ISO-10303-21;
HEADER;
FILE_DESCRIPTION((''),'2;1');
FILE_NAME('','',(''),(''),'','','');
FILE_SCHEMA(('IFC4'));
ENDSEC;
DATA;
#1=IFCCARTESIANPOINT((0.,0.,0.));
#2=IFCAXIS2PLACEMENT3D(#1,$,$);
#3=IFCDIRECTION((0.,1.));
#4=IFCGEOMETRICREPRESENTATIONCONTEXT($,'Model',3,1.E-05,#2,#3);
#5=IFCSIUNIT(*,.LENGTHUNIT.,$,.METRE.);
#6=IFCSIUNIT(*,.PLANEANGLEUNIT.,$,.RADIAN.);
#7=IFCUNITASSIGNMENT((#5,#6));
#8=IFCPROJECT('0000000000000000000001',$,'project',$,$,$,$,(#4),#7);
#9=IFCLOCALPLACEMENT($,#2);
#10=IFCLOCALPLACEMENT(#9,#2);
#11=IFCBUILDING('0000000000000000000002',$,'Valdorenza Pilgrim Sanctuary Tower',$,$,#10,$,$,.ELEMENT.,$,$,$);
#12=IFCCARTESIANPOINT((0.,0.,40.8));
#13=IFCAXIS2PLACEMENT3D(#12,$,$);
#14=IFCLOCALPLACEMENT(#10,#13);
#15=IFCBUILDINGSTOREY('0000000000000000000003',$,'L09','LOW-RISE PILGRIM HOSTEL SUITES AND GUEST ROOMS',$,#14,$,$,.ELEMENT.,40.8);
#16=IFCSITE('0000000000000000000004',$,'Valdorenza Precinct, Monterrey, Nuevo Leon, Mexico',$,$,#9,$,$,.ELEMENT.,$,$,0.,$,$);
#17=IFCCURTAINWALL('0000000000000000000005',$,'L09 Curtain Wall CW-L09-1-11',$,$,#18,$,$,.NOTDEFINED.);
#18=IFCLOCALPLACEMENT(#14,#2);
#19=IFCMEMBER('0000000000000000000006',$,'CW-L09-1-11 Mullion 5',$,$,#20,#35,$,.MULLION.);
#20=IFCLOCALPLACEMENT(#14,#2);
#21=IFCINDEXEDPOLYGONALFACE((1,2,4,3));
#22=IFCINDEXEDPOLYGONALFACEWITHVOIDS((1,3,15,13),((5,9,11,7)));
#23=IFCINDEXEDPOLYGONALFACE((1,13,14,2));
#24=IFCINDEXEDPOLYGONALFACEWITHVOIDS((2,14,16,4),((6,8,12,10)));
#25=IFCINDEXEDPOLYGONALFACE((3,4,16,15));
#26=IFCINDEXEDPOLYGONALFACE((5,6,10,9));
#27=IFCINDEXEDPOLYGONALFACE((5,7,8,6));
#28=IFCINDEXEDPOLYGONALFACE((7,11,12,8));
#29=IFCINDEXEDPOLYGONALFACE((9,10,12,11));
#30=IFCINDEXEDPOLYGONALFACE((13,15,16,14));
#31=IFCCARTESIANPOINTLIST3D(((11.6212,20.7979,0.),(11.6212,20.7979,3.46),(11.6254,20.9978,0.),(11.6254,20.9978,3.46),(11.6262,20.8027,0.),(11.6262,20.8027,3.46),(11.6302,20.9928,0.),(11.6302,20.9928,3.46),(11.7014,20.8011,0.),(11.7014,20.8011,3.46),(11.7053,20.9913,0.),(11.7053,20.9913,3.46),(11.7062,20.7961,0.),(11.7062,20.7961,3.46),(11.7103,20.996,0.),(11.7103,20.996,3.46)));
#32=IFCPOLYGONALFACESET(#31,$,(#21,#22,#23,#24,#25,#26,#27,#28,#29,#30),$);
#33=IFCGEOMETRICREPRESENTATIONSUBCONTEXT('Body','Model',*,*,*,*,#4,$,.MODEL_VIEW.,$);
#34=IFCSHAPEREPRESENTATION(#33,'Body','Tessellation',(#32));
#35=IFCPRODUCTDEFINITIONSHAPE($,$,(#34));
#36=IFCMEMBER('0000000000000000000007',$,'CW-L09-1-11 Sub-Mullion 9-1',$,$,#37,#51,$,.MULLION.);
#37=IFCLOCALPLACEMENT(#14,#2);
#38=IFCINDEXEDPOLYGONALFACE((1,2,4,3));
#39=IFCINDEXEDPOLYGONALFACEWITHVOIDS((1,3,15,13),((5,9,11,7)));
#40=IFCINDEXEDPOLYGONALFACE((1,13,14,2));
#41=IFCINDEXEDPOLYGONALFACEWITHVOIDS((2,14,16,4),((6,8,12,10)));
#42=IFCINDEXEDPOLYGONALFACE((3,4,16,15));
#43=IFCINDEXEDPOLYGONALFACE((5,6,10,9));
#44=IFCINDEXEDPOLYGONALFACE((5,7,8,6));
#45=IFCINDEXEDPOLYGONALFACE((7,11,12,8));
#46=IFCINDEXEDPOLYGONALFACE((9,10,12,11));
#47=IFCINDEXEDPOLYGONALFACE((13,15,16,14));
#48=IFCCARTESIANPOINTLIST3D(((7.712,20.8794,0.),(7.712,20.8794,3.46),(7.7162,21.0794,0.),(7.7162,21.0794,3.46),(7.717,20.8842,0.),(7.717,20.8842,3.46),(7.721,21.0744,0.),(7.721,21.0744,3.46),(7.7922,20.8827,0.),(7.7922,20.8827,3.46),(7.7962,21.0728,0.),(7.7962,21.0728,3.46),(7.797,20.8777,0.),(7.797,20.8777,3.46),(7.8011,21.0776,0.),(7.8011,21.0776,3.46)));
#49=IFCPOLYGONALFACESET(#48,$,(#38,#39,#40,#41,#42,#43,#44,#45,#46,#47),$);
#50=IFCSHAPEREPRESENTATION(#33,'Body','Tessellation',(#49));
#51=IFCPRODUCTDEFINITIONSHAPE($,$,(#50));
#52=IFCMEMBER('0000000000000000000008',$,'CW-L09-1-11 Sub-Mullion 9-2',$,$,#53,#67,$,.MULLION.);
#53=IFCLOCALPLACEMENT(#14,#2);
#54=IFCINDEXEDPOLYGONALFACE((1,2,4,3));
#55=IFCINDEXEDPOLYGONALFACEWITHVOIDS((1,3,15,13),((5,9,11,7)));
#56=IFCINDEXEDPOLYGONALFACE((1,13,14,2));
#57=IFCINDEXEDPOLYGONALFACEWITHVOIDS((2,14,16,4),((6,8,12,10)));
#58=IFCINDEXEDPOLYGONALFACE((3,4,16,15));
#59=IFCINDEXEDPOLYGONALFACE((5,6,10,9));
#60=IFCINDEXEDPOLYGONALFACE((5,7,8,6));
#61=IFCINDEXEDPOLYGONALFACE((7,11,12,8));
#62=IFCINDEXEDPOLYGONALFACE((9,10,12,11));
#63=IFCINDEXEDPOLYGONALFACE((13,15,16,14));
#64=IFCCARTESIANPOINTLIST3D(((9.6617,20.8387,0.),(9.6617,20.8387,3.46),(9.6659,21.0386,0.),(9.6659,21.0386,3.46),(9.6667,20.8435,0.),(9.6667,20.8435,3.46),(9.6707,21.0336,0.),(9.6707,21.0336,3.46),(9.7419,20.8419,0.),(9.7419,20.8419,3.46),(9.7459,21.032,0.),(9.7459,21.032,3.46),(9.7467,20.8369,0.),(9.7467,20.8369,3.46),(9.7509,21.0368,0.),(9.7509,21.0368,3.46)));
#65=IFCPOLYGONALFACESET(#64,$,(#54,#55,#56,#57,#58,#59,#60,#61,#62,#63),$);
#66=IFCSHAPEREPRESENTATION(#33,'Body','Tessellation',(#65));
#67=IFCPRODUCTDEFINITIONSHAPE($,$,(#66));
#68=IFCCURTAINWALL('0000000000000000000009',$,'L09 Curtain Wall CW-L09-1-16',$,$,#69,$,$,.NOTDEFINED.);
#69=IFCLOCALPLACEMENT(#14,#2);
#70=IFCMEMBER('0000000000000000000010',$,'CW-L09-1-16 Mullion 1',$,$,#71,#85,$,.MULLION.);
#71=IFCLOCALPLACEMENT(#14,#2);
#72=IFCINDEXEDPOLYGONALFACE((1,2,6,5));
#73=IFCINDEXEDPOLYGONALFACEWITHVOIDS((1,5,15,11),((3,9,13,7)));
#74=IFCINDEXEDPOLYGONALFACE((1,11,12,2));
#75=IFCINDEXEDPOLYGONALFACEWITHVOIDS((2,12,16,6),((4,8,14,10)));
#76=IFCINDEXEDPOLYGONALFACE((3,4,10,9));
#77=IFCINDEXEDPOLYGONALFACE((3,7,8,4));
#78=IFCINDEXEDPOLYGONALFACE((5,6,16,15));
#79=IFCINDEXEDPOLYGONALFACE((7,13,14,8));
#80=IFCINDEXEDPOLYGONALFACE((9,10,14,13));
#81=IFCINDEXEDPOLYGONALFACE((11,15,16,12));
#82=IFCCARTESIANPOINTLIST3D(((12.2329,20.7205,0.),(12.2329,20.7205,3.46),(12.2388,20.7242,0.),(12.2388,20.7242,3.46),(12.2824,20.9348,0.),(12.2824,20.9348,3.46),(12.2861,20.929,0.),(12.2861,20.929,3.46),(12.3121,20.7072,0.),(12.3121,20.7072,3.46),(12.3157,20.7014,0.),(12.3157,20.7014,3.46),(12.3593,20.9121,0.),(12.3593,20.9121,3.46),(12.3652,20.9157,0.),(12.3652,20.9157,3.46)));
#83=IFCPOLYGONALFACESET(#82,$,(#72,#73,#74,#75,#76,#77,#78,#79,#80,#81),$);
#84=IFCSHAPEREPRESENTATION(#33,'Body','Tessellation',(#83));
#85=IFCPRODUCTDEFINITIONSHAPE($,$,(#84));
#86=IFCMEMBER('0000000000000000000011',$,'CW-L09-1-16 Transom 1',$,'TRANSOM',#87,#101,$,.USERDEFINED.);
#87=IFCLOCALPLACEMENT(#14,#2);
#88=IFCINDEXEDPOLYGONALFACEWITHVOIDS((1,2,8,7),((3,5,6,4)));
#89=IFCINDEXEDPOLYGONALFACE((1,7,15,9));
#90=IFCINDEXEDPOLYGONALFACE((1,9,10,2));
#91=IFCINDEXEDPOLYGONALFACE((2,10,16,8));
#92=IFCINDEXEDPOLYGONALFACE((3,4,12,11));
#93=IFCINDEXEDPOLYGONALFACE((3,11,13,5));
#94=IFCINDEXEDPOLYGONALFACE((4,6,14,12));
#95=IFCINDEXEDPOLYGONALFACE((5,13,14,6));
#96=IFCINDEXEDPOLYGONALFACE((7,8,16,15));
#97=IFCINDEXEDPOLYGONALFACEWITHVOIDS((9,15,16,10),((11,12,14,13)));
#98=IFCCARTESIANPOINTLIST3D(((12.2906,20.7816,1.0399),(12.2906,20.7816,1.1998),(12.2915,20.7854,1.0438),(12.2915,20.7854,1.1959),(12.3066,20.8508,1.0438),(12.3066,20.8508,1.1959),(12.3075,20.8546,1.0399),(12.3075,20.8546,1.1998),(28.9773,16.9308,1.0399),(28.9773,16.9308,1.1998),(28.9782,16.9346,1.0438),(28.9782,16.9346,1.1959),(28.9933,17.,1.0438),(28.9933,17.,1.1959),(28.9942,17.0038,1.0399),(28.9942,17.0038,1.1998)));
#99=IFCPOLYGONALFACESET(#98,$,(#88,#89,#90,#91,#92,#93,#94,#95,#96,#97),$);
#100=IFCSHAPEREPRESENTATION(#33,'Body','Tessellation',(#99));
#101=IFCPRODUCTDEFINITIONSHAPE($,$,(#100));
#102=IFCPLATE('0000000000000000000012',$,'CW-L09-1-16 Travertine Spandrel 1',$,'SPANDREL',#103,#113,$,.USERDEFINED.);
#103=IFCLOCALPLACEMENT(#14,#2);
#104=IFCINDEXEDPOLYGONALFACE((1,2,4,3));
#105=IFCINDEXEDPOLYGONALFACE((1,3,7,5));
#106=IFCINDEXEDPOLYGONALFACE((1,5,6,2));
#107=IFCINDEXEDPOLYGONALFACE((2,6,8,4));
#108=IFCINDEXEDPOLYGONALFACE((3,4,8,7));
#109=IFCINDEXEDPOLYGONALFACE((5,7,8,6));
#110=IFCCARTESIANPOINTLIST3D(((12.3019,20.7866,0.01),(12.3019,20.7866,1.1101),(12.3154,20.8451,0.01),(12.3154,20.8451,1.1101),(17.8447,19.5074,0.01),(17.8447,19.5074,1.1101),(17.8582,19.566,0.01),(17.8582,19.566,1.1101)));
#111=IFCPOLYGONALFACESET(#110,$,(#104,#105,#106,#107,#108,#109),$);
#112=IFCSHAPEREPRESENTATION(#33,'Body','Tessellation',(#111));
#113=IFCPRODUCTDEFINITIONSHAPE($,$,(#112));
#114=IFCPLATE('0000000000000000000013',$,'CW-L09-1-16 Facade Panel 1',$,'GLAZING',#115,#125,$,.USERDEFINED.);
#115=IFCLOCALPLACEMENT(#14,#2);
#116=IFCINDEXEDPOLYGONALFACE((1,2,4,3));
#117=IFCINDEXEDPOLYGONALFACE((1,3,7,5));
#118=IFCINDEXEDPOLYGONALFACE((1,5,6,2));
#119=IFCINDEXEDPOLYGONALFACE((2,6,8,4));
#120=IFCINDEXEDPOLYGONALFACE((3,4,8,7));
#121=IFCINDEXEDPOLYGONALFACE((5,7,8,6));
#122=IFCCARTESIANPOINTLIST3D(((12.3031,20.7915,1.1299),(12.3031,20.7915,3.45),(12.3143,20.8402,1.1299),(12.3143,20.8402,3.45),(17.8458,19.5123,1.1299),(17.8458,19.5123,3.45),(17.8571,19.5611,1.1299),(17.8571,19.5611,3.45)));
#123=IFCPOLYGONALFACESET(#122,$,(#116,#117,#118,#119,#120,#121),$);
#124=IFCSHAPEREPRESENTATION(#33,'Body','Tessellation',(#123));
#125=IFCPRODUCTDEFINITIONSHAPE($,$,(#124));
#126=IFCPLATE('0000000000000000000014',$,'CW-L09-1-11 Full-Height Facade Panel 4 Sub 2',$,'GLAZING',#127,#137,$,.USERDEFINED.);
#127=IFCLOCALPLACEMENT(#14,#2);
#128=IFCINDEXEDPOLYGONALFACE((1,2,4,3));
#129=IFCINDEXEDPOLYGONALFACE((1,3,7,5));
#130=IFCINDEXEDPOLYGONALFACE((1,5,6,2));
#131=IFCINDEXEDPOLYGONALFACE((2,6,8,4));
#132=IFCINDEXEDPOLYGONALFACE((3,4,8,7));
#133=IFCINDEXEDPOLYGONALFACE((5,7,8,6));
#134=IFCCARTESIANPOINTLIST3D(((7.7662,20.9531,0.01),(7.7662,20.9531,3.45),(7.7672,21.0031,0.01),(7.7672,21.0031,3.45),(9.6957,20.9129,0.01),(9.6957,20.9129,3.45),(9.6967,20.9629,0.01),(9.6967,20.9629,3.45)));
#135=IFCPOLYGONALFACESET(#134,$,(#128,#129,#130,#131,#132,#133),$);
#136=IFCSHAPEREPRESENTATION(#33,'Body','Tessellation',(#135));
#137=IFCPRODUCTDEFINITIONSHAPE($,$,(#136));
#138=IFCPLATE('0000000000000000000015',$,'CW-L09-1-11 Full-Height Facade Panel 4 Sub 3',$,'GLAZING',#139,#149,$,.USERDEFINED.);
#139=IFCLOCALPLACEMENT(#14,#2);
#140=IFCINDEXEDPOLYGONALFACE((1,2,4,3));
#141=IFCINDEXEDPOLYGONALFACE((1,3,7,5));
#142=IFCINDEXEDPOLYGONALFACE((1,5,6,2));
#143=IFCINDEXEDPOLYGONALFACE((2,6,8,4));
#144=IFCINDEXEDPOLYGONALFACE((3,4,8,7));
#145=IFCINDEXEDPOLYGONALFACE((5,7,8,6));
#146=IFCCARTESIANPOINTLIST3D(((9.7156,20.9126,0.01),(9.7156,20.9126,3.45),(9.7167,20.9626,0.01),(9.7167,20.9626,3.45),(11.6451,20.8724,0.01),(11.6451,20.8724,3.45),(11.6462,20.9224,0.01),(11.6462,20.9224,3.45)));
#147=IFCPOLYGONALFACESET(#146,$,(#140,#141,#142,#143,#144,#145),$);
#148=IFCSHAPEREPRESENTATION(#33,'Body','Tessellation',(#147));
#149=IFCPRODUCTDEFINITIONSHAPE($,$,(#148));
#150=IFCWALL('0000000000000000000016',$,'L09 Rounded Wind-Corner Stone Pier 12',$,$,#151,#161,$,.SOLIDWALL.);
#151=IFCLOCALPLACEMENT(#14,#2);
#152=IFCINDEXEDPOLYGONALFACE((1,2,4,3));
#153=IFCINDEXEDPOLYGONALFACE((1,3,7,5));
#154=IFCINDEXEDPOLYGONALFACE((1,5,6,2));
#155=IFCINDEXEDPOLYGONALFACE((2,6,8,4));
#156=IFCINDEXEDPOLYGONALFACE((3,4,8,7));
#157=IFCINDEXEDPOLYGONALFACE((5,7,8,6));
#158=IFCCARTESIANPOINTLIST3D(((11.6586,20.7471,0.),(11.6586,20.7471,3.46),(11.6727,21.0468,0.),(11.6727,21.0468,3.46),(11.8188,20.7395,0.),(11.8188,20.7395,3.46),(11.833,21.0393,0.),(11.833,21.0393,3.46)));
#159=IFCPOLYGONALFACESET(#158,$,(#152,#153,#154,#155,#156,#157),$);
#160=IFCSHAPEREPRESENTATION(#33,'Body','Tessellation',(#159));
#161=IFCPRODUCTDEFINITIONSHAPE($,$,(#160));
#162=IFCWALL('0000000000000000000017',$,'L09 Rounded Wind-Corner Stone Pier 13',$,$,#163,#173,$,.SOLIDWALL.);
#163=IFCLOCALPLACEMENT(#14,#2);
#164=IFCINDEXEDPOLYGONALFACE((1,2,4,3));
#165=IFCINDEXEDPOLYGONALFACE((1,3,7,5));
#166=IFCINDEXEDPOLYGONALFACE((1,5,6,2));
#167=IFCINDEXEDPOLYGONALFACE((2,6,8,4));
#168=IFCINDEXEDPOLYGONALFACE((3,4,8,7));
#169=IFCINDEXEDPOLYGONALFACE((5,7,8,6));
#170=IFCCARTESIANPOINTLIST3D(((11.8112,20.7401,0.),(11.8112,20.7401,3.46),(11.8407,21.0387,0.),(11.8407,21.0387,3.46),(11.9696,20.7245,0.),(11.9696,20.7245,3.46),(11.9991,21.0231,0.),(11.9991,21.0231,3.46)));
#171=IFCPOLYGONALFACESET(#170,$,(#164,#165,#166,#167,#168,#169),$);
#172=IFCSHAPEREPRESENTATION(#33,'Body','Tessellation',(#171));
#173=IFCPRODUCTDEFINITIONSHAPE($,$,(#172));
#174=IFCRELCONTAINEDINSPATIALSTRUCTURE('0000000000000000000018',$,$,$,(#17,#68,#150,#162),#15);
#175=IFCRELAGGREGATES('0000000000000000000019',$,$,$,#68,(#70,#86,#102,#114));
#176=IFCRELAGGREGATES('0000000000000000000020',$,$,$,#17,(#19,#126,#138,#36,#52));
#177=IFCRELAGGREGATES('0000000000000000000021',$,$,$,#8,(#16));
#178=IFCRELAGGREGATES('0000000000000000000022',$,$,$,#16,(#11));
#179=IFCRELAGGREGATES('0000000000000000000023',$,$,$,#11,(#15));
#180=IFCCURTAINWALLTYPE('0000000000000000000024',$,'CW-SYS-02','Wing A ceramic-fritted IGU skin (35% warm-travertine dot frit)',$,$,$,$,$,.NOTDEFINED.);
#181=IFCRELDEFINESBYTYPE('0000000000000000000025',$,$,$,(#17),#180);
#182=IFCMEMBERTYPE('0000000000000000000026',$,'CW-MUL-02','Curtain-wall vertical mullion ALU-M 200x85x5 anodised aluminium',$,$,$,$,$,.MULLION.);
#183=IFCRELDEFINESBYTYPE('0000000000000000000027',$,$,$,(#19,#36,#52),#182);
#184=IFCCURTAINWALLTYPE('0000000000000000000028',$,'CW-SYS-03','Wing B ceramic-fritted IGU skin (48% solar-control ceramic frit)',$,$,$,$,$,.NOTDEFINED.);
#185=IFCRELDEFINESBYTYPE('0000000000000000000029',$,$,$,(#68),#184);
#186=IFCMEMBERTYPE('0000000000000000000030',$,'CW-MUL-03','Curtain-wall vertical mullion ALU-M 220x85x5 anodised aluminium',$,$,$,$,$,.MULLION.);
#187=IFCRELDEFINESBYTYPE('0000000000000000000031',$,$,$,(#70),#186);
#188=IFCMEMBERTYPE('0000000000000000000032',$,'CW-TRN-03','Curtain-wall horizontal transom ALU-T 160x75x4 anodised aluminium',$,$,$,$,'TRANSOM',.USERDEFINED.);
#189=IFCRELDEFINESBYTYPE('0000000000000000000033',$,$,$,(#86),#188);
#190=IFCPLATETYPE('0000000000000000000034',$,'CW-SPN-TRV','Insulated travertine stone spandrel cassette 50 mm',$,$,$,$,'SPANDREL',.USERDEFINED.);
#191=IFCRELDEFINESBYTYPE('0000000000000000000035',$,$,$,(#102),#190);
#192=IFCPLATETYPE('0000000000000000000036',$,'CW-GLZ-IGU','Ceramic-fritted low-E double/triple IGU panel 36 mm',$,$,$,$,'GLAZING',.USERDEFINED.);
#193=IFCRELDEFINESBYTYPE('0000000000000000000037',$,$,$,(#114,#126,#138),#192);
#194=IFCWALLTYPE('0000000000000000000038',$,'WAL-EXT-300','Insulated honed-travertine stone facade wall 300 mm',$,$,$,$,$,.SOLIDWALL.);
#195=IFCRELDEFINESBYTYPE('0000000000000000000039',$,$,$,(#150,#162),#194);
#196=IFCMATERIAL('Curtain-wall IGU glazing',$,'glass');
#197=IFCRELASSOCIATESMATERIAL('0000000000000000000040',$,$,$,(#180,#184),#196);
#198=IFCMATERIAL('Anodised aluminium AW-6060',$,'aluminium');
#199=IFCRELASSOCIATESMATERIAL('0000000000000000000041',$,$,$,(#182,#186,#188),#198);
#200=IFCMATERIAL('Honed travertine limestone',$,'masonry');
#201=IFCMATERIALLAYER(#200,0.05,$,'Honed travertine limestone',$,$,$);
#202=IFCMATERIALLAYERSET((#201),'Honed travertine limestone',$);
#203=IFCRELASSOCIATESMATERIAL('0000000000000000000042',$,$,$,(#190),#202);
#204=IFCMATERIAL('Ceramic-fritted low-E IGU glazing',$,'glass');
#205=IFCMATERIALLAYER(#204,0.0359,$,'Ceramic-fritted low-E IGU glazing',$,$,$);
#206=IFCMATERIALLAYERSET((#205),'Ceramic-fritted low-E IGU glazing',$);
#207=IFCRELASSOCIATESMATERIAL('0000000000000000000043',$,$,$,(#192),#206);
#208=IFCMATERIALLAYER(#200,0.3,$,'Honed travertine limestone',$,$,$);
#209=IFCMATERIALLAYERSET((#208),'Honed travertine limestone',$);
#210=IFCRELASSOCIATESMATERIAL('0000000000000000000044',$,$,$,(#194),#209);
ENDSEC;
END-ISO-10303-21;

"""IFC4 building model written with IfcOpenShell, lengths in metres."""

from ifc_helpers import new_model, si_unit, direction, frame, frame_2d, origin, origin_2d, place, context, subcontext, project, spatial, rectangle, hollow_rectangle, extrude, source, transform, mapped, material, layer, layer_set, material_profile, profile_set, type_object, element, aggregate, save


model = new_model("IFC4")

# Units and contexts
model_context = context("Model", 3, precision=1e-05, world=origin(), true_north=direction((0.0, 1.0)))
body_context = subcontext(model_context, "Body", "Model", "MODEL_VIEW")
ifc_project = project(units=[si_unit("LENGTHUNIT", "METRE"), si_unit("PLANEANGLEUNIT", "RADIAN")], contexts=[model_context])

# Site, building, storey
site_placement = place(None, origin())
site = spatial("IfcSite", under=ifc_project, at=site_placement, Name="Valdorenza Precinct, Monterrey, Nuevo Leon, Mexico", CompositionType="ELEMENT", RefElevation=0.0)
building_placement = place(site_placement, origin())
building = spatial("IfcBuilding", under=site, at=building_placement, Name="Valdorenza Pilgrim Sanctuary Tower", CompositionType="ELEMENT")
storey_placement = place(building_placement, frame((0.0, 0.0, 40.8)))
storey = spatial("IfcBuildingStorey", under=building, at=storey_placement, Name="L09", Description="LOW-RISE PILGRIM HOSTEL SUITES AND GUEST ROOMS", CompositionType="ELEMENT", Elevation=40.8)

# Curtain wall, members
ifc_material_1 = material(Name="Curtain-wall IGU glazing", Category="glass")
curtain_wall_type_1 = type_object("IfcCurtainWallType", Name="CW-SYS-02", Description="Wing A ceramic-fritted IGU skin (35% warm-travertine dot frit)", PredefinedType="NOTDEFINED", material=ifc_material_1)
curtain_wall_1_placement = place(storey_placement, origin())
curtain_wall_1 = element("IfcCurtainWall", 1, at=curtain_wall_1_placement, inside=storey, type_object=curtain_wall_type_1, Name="L09 Curtain Wall CW-L09-1-11", PredefinedType="NOTDEFINED")
ifc_material_2 = material(Name="Anodised aluminium AW-6060", Category="aluminium")
ifc_material_profile_1 = material_profile(ifc_material_2, hollow_rectangle(XDim=0.085, YDim=0.2, WallThickness=0.0049, at=origin_2d()), Name="ALU-M 200x85x5")
ifc_profile_set_1 = profile_set([ifc_material_profile_1], Name="Anodised aluminium AW-6060")
member_type_1 = type_object("IfcMemberType", Name="CW-MUL-02", Description="Curtain-wall vertical mullion ALU-M 200x85x5 anodised aluminium", PredefinedType="MULLION", material=ifc_profile_set_1)
shared_shape_1 = source(origin(), body_context, "Body", "SweptSolid", [
    extrude(hollow_rectangle(XDim=0.085, YDim=0.2, WallThickness=0.0049, at=origin_2d()), origin(), (0.0, 0.0, 1.0), 3.46),
])
member_1_placement = place(storey_placement, frame((11.6658, 20.897, 0.0), z_axis=(0.0, 0.0, 1.0), x_axis=(0.999783, -0.02082, 0.0)))
member_1 = element("IfcMember", 2, at=member_1_placement, type_object=member_type_1, Name="CW-L09-1-11 Mullion 5", PredefinedType="MULLION", context=body_context, shape_type="MappedRepresentation", body=[
    mapped(shared_shape_1, transform((0.0, 0.0, 0.0), x_axis=(1.0, 0.0, 0.0), y_axis=(0.0, 1.0, 0.0), z_axis=(0.0, 0.0, 1.0), scale=1.0)),
])
member_2_placement = place(storey_placement, frame((7.7566, 20.9785, 0.0), z_axis=(0.0, 0.0, 1.0), x_axis=(0.999783, -0.02082, 0.0)))
member_2 = element("IfcMember", 3, at=member_2_placement, type_object=member_type_1, Name="CW-L09-1-11 Sub-Mullion 9-1", PredefinedType="MULLION", context=body_context, shape_type="MappedRepresentation", body=[
    mapped(shared_shape_1, transform((0.0, 0.0, 0.0), x_axis=(1.0, 0.0, 0.0), y_axis=(0.0, 1.0, 0.0), z_axis=(0.0, 0.0, 1.0), scale=1.0)),
])
member_3_placement = place(storey_placement, frame((9.7063, 20.9377, 0.0), z_axis=(0.0, 0.0, 1.0), x_axis=(0.999783, -0.02082, 0.0)))
member_3 = element("IfcMember", 4, at=member_3_placement, type_object=member_type_1, Name="CW-L09-1-11 Sub-Mullion 9-2", PredefinedType="MULLION", context=body_context, shape_type="MappedRepresentation", body=[
    mapped(shared_shape_1, transform((0.0, 0.0, 0.0), x_axis=(1.0, 0.0, 0.0), y_axis=(0.0, 1.0, 0.0), z_axis=(0.0, 0.0, 1.0), scale=1.0)),
])

# Curtain wall, members, plates
curtain_wall_type_2 = type_object("IfcCurtainWallType", Name="CW-SYS-03", Description="Wing B ceramic-fritted IGU skin (48% solar-control ceramic frit)", PredefinedType="NOTDEFINED", material=ifc_material_1)
curtain_wall_2_placement = place(storey_placement, origin())
curtain_wall_2 = element("IfcCurtainWall", 5, at=curtain_wall_2_placement, inside=storey, type_object=curtain_wall_type_2, Name="L09 Curtain Wall CW-L09-1-16", PredefinedType="NOTDEFINED")
ifc_material_profile_2 = material_profile(ifc_material_2, hollow_rectangle(XDim=0.085, YDim=0.22, WallThickness=0.0049, at=origin_2d()), Name="ALU-M 220x85x5")
ifc_profile_set_2 = profile_set([ifc_material_profile_2], Name="Anodised aluminium AW-6060")
member_type_2 = type_object("IfcMemberType", Name="CW-MUL-03", Description="Curtain-wall vertical mullion ALU-M 220x85x5 anodised aluminium", PredefinedType="MULLION", material=ifc_profile_set_2)
shared_shape_2 = source(origin(), body_context, "Body", "SweptSolid", [
    extrude(hollow_rectangle(XDim=0.085, YDim=0.22, WallThickness=0.0049, at=origin_2d()), origin(), (0.0, 0.0, 1.0), 3.46),
])
member_4_placement = place(storey_placement, frame((12.2991, 20.8181, 0.0), z_axis=(0.0, 0.0, 1.0), x_axis=(0.97439, -0.224866, 0.0)))
member_4 = element("IfcMember", 6, at=member_4_placement, type_object=member_type_2, Name="CW-L09-1-16 Mullion 1", PredefinedType="MULLION", context=body_context, shape_type="MappedRepresentation", body=[
    mapped(shared_shape_2, transform((0.0, 0.0, 0.0), x_axis=(1.0, 0.0, 0.0), y_axis=(0.0, 1.0, 0.0), z_axis=(0.0, 0.0, 1.0), scale=1.0)),
])
ifc_material_profile_3 = material_profile(ifc_material_2, hollow_rectangle(XDim=0.075, YDim=0.1599, WallThickness=0.0039, at=origin_2d()), Name="ALU-T 160x75x4")
ifc_profile_set_3 = profile_set([ifc_material_profile_3], Name="Anodised aluminium AW-6060")
member_type_3 = type_object("IfcMemberType", Name="CW-TRN-03", Description="Curtain-wall horizontal transom ALU-T 160x75x4 anodised aluminium", ElementType="TRANSOM", PredefinedType="USERDEFINED", material=ifc_profile_set_3)
shared_shape_3 = source(origin(), body_context, "Body", "SweptSolid", [
    extrude(hollow_rectangle(XDim=0.075, YDim=0.1599, WallThickness=0.0039, at=origin_2d()), origin(), (0.0, 0.0, 1.0), 17.1252),
])
member_5_placement = place(storey_placement, frame((12.2991, 20.8181, 1.1199), z_axis=(0.974391, -0.224862, 0.0), x_axis=(0.224862, 0.974391, 0.0)))
member_5 = element("IfcMember", 7, at=member_5_placement, type_object=member_type_3, Name="CW-L09-1-16 Transom 1", ObjectType="TRANSOM", PredefinedType="USERDEFINED", context=body_context, shape_type="MappedRepresentation", body=[
    mapped(shared_shape_3, transform((0.0, 0.0, 0.0), x_axis=(1.0, 0.0, 0.0), y_axis=(0.0, 1.0, 0.0), z_axis=(0.0, 0.0, 1.0), scale=1.0)),
])
ifc_material_3 = material(Name="Honed travertine limestone", Category="masonry")
ifc_layer_1 = layer(ifc_material_3, 0.05, Name="Honed travertine limestone")
ifc_layer_set_1 = layer_set([ifc_layer_1], Name="Honed travertine limestone")
plate_type_1 = type_object("IfcPlateType", Name="CW-SPN-TRV", Description="Insulated travertine stone spandrel cassette 50 mm", ElementType="SPANDREL", PredefinedType="USERDEFINED", material=ifc_layer_set_1)
shared_shape_4 = source(origin(), body_context, "Body", "SweptSolid", [
    extrude(rectangle(XDim=5.6885, YDim=0.0601, at=origin_2d()), origin(), (0.0, 0.0, 1.0), 1.1001),
])
plate_1_placement = place(storey_placement, frame((15.0801, 20.1763, 0.01), z_axis=(0.0, 0.0, 1.0), x_axis=(0.97439, -0.224866, 0.0)))
plate_1 = element("IfcPlate", 8, at=plate_1_placement, type_object=plate_type_1, Name="CW-L09-1-16 Travertine Spandrel 1", ObjectType="SPANDREL", PredefinedType="USERDEFINED", context=body_context, shape_type="MappedRepresentation", body=[
    mapped(shared_shape_4, transform((0.0, 0.0, 0.0), x_axis=(1.0, 0.0, 0.0), y_axis=(0.0, 1.0, 0.0), z_axis=(0.0, 0.0, 1.0), scale=1.0)),
])
ifc_material_4 = material(Name="Ceramic-fritted low-E IGU glazing", Category="glass")
ifc_layer_2 = layer(ifc_material_4, 0.0359, Name="Ceramic-fritted low-E IGU glazing")
ifc_layer_set_2 = layer_set([ifc_layer_2], Name="Ceramic-fritted low-E IGU glazing")
plate_type_2 = type_object("IfcPlateType", Name="CW-GLZ-IGU", Description="Ceramic-fritted low-E double/triple IGU panel 36 mm", ElementType="GLAZING", PredefinedType="USERDEFINED", material=ifc_layer_set_2)
shared_shape_5 = source(origin(), body_context, "Body", "SweptSolid", [
    extrude(rectangle(XDim=5.6885, YDim=0.05, at=origin_2d()), origin(), (0.0, 0.0, 1.0), 2.3201),
])
plate_2_placement = place(storey_placement, frame((15.0801, 20.1763, 1.1299), z_axis=(0.0, 0.0, 1.0), x_axis=(0.97439, -0.224866, 0.0)))
plate_2 = element("IfcPlate", 9, at=plate_2_placement, type_object=plate_type_2, Name="CW-L09-1-16 Facade Panel 1", ObjectType="GLAZING", PredefinedType="USERDEFINED", context=body_context, shape_type="MappedRepresentation", body=[
    mapped(shared_shape_5, transform((0.0, 0.0, 0.0), x_axis=(1.0, 0.0, 0.0), y_axis=(0.0, 1.0, 0.0), z_axis=(0.0, 0.0, 1.0), scale=1.0)),
])
aggregate(curtain_wall_2, [member_4, member_5, plate_1, plate_2])

# Plates
shared_shape_6 = source(origin(), body_context, "Body", "SweptSolid", [
    extrude(rectangle(XDim=1.9299, YDim=0.05, at=origin_2d()), origin(), (0.0, 0.0, 1.0), 3.4399),
])
plate_3_placement = place(storey_placement, frame((8.7314, 20.958, 0.01), z_axis=(0.0, 0.0, 1.0), x_axis=(0.999783, -0.02082, 0.0)))
plate_3 = element("IfcPlate", 10, at=plate_3_placement, type_object=plate_type_2, Name="CW-L09-1-11 Full-Height Facade Panel 4 Sub 2", ObjectType="GLAZING", PredefinedType="USERDEFINED", context=body_context, shape_type="MappedRepresentation", body=[
    mapped(shared_shape_6, transform((0.0, 0.0, 0.0), x_axis=(1.0, 0.0, 0.0), y_axis=(0.0, 1.0, 0.0), z_axis=(0.0, 0.0, 1.0), scale=1.0)),
])
plate_4_placement = place(storey_placement, frame((10.6809, 20.9175, 0.01), z_axis=(0.0, 0.0, 1.0), x_axis=(0.999783, -0.02082, 0.0)))
plate_4 = element("IfcPlate", 11, at=plate_4_placement, type_object=plate_type_2, Name="CW-L09-1-11 Full-Height Facade Panel 4 Sub 3", ObjectType="GLAZING", PredefinedType="USERDEFINED", context=body_context, shape_type="MappedRepresentation", body=[
    mapped(shared_shape_6, transform((0.0, 0.0, 0.0), x_axis=(1.0, 0.0, 0.0), y_axis=(0.0, 1.0, 0.0), z_axis=(0.0, 0.0, 1.0), scale=1.0)),
])
aggregate(curtain_wall_1, [member_1, plate_3, plate_4, member_2, member_3])

# Walls
ifc_layer_3 = layer(ifc_material_3, 0.3, Name="Honed travertine limestone")
ifc_layer_set_3 = layer_set([ifc_layer_3], Name="Honed travertine limestone")
wall_type_1 = type_object("IfcWallType", Name="WAL-EXT-300", Description="Insulated honed-travertine stone facade wall 300 mm", PredefinedType="SOLIDWALL", material=ifc_layer_set_3)
wall_1_placement = place(storey_placement, frame((11.6658, 20.897, 0.0), z_axis=(0.0, 0.0, 1.0), x_axis=(0.998885, -0.047203, 0.0)))
element("IfcWall", 12, at=wall_1_placement, inside=storey, type_object=wall_type_1, Name="L09 Rounded Wind-Corner Stone Pier 12", PredefinedType="SOLIDWALL", context=body_context, shape_type="SweptSolid", body=[
    extrude(rectangle(XDim=0.1604, YDim=0.3, at=frame_2d((0.0801, 0.0))), origin(), (0.0, 0.0, 1.0), 3.46),
])
wall_2_placement = place(storey_placement, frame((11.8259, 20.8894, 0.0), z_axis=(0.0, 0.0, 1.0), x_axis=(0.995173, -0.098137, 0.0)))
element("IfcWall", 13, at=wall_2_placement, inside=storey, type_object=wall_type_1, Name="L09 Rounded Wind-Corner Stone Pier 13", PredefinedType="SOLIDWALL", context=body_context, shape_type="SweptSolid", body=[
    extrude(rectangle(XDim=0.1592, YDim=0.3, at=frame_2d((0.0796, 0.0))), origin(), (0.0, 0.0, 1.0), 3.46),
])

save(model, "model.ifc")
